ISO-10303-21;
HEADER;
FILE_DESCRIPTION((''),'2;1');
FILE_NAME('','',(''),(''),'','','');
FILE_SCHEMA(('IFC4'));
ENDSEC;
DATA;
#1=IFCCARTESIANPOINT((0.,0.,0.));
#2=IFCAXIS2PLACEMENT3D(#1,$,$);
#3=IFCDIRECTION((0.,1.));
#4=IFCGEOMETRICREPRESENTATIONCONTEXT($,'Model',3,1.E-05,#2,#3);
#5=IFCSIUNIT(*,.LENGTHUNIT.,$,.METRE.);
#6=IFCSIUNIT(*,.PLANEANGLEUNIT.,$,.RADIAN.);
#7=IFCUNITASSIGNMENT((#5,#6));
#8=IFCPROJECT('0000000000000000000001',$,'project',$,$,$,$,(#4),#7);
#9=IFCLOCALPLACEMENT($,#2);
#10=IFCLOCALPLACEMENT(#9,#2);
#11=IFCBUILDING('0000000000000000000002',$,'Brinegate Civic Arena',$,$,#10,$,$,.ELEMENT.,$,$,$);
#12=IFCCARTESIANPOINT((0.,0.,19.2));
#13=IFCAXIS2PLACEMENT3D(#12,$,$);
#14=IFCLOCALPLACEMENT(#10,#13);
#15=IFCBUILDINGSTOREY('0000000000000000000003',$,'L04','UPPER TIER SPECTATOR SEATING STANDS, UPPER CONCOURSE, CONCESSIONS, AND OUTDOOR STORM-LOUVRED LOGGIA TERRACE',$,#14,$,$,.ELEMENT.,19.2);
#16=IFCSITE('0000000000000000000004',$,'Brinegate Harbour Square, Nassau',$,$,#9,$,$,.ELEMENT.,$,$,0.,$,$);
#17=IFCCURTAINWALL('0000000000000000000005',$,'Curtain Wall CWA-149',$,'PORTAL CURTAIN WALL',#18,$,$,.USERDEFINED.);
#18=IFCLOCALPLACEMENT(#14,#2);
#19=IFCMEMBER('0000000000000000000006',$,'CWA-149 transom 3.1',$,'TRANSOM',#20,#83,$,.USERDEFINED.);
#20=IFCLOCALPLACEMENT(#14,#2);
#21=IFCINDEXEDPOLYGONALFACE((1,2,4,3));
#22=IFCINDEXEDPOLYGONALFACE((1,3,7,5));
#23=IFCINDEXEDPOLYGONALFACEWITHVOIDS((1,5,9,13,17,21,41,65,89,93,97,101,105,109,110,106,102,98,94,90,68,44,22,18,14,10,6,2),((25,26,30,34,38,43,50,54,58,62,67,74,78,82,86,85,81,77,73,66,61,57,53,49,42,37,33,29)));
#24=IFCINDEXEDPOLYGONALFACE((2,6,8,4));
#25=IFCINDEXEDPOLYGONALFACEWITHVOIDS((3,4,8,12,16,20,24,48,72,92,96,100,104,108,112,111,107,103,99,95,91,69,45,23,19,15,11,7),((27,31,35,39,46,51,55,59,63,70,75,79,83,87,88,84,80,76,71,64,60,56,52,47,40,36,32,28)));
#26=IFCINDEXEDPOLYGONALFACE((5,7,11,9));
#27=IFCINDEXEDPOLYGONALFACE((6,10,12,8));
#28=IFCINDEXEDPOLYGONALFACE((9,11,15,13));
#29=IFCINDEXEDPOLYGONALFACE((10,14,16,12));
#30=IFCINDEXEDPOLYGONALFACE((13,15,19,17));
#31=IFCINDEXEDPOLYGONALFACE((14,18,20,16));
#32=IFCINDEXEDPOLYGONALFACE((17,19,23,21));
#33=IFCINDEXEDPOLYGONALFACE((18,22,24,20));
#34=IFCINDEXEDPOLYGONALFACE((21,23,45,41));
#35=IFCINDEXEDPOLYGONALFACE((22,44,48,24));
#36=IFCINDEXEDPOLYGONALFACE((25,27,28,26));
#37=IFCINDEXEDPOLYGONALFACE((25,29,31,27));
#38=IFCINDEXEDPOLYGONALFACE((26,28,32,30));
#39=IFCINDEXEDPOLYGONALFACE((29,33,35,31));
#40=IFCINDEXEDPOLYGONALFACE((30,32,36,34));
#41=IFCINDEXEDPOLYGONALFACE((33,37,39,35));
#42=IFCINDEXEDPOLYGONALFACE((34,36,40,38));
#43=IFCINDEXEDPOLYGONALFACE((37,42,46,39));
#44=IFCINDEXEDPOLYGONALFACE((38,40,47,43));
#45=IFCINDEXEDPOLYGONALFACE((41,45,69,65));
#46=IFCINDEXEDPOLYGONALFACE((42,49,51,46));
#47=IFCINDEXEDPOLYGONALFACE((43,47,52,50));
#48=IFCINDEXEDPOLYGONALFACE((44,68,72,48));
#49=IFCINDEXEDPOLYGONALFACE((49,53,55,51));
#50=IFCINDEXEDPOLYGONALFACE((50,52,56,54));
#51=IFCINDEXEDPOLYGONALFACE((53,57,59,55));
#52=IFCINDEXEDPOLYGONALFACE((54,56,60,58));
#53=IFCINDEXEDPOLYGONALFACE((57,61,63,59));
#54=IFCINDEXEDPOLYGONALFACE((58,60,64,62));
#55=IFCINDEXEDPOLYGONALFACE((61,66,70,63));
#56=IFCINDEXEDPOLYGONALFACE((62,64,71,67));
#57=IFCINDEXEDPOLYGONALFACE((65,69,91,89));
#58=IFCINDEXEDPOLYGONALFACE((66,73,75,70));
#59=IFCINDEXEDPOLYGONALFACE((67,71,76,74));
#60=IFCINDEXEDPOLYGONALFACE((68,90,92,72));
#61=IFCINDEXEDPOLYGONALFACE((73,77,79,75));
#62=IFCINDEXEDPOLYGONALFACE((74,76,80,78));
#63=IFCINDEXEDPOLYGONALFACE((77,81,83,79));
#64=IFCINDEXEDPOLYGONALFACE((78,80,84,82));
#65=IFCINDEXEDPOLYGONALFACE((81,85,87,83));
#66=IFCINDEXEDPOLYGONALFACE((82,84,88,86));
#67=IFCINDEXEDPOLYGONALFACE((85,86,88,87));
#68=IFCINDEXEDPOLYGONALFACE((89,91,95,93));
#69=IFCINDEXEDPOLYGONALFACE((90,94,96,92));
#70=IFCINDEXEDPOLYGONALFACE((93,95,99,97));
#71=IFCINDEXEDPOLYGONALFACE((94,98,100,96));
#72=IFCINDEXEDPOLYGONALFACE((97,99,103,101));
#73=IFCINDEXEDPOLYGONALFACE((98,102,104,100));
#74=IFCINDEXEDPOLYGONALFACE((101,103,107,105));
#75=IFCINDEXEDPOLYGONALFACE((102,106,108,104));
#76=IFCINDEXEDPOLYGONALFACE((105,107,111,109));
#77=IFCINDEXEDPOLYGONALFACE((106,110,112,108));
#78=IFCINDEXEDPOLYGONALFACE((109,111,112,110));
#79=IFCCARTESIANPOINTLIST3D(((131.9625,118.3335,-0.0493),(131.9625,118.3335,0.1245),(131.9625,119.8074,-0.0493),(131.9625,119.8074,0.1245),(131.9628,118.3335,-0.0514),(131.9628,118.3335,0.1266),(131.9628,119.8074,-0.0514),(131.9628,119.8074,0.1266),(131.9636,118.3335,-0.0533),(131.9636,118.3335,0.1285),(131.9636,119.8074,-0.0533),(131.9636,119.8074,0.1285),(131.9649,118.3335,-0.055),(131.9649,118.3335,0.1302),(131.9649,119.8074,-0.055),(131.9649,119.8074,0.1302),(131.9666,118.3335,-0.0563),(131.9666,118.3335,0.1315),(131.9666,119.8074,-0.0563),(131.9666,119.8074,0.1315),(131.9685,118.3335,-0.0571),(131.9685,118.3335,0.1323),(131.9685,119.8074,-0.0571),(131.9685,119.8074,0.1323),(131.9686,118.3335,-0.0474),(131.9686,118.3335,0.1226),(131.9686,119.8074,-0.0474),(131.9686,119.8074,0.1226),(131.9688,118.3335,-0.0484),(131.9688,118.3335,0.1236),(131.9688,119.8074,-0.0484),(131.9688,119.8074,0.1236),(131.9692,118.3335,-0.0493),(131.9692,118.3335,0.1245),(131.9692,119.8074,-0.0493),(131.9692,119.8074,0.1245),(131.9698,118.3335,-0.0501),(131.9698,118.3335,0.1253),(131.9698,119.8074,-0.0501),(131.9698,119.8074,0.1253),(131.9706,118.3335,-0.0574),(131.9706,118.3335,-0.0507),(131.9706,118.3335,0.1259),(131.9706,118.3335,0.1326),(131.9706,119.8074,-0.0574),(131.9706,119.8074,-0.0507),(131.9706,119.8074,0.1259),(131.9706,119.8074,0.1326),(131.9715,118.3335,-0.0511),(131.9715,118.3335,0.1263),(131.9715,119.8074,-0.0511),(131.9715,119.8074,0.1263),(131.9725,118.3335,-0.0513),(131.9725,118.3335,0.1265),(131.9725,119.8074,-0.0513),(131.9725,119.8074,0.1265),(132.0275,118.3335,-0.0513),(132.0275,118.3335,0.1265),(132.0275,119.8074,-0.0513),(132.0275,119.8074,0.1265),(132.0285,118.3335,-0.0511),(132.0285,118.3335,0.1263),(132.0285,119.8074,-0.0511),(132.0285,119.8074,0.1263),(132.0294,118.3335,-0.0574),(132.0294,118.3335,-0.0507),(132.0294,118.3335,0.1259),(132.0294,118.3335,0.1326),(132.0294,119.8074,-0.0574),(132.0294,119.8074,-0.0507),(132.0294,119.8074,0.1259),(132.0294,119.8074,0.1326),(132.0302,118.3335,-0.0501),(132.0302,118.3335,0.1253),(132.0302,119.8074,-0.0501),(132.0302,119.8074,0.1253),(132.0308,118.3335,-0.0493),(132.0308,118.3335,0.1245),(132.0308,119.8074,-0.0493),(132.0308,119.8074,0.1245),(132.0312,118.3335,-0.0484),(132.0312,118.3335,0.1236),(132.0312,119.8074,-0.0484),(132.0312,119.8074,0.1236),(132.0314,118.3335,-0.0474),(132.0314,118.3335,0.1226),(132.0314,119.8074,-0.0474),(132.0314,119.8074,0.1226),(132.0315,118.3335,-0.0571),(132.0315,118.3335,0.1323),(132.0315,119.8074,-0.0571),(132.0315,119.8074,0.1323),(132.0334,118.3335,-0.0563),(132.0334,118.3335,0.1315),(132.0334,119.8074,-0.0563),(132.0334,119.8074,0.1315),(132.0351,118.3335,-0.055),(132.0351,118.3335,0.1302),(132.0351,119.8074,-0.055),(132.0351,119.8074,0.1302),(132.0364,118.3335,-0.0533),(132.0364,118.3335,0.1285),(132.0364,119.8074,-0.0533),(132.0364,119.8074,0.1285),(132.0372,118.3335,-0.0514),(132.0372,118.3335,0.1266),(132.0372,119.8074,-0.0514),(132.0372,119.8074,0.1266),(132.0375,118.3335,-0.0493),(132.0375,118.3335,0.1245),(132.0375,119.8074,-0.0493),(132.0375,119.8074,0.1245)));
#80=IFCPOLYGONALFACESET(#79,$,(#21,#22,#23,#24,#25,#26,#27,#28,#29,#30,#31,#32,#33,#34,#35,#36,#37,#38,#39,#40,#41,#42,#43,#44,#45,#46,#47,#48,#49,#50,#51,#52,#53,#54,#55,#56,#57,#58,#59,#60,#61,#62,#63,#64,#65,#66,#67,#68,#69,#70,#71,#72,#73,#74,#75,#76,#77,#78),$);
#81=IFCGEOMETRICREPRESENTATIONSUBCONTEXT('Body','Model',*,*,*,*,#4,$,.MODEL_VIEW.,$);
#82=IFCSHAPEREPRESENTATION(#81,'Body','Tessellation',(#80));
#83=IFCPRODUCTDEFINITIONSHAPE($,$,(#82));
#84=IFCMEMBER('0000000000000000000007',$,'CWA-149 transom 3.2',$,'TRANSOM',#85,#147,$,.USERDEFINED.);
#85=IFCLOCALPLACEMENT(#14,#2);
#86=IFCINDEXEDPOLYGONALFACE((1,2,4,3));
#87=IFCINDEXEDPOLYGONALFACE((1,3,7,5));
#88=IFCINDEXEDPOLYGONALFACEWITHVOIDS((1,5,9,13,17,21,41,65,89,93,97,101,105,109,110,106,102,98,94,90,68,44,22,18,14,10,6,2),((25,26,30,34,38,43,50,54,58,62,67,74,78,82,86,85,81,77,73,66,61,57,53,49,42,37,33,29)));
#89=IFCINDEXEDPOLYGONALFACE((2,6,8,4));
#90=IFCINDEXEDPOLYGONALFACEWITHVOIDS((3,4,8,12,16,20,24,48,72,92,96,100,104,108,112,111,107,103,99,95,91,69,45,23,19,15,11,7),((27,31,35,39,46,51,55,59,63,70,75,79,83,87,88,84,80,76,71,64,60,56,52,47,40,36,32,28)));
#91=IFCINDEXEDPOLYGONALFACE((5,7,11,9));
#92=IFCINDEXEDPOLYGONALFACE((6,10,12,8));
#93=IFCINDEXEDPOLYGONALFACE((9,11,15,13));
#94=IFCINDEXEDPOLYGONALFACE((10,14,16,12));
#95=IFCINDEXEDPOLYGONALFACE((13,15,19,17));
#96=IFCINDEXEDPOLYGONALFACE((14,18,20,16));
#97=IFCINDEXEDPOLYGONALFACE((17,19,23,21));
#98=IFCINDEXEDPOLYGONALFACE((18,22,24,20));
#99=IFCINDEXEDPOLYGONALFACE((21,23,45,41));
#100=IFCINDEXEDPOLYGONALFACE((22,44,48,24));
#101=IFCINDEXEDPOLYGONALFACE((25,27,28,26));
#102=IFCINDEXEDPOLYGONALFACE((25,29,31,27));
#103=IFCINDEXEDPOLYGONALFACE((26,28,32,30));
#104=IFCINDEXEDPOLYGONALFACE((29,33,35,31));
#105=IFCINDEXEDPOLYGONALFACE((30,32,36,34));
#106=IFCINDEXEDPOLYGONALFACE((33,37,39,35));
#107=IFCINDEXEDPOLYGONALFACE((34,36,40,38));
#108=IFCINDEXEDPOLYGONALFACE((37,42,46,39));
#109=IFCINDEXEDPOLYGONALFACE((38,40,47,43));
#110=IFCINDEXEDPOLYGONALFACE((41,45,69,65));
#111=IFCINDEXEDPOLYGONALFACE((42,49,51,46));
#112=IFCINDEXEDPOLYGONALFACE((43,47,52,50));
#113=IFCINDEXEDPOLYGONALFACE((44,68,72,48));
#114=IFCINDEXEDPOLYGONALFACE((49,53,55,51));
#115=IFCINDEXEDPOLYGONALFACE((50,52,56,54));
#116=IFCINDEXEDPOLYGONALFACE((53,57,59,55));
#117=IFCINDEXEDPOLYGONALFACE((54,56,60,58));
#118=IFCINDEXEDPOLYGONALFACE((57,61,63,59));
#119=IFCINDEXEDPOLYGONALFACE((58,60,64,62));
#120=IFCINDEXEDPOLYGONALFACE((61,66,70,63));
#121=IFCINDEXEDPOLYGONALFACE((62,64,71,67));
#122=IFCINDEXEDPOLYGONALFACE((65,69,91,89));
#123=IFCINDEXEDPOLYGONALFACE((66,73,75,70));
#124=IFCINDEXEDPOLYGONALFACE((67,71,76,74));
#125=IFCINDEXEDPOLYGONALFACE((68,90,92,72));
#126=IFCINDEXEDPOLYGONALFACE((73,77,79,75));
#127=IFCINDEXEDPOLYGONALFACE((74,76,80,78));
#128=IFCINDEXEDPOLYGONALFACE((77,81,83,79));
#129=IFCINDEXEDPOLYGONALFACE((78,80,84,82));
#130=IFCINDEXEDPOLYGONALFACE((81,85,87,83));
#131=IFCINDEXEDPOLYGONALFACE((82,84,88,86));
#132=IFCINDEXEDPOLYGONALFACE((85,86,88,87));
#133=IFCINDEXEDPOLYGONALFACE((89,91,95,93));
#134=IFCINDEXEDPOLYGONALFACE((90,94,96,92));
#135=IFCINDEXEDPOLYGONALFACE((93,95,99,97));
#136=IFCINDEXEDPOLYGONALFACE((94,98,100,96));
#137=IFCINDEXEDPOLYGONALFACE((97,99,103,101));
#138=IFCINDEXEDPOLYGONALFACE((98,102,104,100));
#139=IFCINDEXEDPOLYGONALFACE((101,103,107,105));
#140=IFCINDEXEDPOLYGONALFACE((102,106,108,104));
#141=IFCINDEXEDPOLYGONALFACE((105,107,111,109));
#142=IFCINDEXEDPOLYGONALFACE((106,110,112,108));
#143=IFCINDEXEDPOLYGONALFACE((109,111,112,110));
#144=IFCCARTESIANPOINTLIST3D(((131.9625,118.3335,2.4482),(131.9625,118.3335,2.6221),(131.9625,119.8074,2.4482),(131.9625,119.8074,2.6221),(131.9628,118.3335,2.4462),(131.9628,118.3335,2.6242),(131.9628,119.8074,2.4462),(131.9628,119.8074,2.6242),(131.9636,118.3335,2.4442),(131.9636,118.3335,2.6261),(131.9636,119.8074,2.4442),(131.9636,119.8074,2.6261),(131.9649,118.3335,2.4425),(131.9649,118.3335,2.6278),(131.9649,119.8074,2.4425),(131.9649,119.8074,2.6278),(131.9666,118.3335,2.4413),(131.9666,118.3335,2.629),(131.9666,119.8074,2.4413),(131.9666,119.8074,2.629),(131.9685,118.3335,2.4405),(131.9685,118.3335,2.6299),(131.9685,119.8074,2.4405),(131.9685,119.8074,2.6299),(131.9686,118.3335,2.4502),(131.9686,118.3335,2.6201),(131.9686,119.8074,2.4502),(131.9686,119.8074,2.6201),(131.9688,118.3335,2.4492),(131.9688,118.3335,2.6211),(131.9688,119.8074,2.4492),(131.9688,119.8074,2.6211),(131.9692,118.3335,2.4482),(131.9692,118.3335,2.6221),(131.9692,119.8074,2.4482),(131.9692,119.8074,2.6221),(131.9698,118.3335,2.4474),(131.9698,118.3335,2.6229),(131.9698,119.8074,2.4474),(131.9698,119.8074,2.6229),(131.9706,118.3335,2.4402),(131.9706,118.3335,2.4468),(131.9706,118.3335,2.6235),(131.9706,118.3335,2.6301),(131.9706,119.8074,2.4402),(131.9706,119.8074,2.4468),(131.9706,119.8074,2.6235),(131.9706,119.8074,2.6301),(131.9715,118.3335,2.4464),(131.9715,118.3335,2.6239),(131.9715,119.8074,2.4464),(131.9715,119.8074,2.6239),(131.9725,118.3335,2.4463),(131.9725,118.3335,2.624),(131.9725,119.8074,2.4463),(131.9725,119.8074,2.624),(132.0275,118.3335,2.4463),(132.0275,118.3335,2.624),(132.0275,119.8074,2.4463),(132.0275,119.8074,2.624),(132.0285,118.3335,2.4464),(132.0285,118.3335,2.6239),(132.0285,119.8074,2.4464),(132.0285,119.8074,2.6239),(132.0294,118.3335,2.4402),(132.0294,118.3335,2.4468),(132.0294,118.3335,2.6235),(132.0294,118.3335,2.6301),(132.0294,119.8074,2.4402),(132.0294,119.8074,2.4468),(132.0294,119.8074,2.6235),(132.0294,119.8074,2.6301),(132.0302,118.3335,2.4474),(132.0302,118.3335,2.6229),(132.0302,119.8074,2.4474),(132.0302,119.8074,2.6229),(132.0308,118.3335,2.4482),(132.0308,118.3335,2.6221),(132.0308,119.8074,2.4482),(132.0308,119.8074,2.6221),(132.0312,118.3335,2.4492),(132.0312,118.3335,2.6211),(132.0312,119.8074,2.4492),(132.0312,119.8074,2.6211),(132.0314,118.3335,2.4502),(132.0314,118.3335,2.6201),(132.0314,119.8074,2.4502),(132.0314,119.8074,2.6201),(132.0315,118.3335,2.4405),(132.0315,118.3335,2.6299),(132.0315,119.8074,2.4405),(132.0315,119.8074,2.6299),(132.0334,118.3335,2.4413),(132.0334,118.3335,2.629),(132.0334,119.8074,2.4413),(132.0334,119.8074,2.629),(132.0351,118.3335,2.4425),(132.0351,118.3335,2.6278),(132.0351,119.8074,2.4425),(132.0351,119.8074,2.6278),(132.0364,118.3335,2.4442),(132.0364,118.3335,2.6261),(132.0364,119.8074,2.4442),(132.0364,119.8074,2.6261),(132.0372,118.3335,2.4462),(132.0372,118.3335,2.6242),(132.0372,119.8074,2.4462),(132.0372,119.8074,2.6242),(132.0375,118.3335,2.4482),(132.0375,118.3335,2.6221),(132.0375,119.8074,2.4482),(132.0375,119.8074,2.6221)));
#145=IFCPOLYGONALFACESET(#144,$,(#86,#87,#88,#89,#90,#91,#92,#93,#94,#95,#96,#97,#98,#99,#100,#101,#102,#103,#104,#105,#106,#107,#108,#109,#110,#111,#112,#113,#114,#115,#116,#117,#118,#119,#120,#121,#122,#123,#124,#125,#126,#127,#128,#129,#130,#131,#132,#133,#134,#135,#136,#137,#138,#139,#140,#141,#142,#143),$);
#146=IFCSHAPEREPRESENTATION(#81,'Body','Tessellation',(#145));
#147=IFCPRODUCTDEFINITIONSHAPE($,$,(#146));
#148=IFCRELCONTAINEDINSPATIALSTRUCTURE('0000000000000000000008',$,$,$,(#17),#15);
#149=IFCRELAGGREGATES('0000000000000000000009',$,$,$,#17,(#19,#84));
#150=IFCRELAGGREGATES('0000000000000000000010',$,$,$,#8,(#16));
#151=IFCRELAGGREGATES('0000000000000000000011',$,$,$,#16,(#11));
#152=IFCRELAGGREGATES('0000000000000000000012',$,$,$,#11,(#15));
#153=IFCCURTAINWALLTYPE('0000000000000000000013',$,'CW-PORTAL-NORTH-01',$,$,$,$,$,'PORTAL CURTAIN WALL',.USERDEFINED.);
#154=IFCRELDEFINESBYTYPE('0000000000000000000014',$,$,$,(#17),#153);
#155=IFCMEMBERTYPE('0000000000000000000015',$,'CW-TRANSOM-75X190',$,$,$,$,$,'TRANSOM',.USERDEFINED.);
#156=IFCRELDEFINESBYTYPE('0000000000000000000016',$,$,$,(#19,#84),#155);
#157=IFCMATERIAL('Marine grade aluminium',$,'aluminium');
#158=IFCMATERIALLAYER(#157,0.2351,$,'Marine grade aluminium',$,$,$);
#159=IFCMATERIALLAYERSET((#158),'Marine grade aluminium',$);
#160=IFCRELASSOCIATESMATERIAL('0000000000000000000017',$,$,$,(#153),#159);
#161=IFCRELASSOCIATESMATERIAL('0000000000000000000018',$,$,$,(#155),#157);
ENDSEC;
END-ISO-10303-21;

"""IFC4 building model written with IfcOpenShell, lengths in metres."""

from ifc_helpers import new_model, si_unit, direction, frame, origin, origin_2d, place, context, subcontext, project, spatial, hollow_rectangle, extrude, material, layer, layer_set, material_profile, profile_set, type_object, element, aggregate, save


model = new_model("IFC4")

# Units and contexts
model_context = context("Model", 3, precision=1e-05, world=origin(), true_north=direction((0.0, 1.0)))
body_context = subcontext(model_context, "Body", "Model", "MODEL_VIEW")
ifc_project = project(units=[si_unit("LENGTHUNIT", "METRE"), si_unit("PLANEANGLEUNIT", "RADIAN")], contexts=[model_context])

# Site, building, storey
site_placement = place(None, origin())
site = spatial("IfcSite", under=ifc_project, at=site_placement, Name="Brinegate Harbour Square, Nassau", CompositionType="ELEMENT", RefElevation=0.0)
building_placement = place(site_placement, origin())
building = spatial("IfcBuilding", under=site, at=building_placement, Name="Brinegate Civic Arena", CompositionType="ELEMENT")
storey_placement = place(building_placement, frame((0.0, 0.0, 19.2)))
storey = spatial("IfcBuildingStorey", under=building, at=storey_placement, Name="L04", Description="UPPER TIER SPECTATOR SEATING STANDS, UPPER CONCOURSE, CONCESSIONS, AND OUTDOOR STORM-LOUVRED LOGGIA TERRACE", CompositionType="ELEMENT", Elevation=19.2)

# Curtain wall, members
ifc_material_1 = material(Name="Marine grade aluminium", Category="aluminium")
ifc_layer_1 = layer(ifc_material_1, 0.2351, Name="Marine grade aluminium")
ifc_layer_set_1 = layer_set([ifc_layer_1], Name="Marine grade aluminium")
curtain_wall_type = type_object("IfcCurtainWallType", Name="CW-PORTAL-NORTH-01", ElementType="PORTAL CURTAIN WALL", PredefinedType="USERDEFINED", material=ifc_layer_set_1)
curtain_wall_placement = place(storey_placement, origin())
curtain_wall = element("IfcCurtainWall", 1, at=curtain_wall_placement, inside=storey, type_object=curtain_wall_type, Name="Curtain Wall CWA-149", ObjectType="PORTAL CURTAIN WALL", PredefinedType="USERDEFINED")
ifc_material_profile_1 = material_profile(ifc_material_1, hollow_rectangle(XDim=0.075, YDim=0.1899, WallThickness=0.0061, InnerFilletRadius=0.0039, OuterFilletRadius=0.0081, at=origin_2d()), Name="TRN75X190")
ifc_profile_set_1 = profile_set([ifc_material_profile_1], Name="Marine grade aluminium")
member_type_1 = type_object("IfcMemberType", Name="CW-TRANSOM-75X190", ElementType="TRANSOM", PredefinedType="USERDEFINED", material=ifc_profile_set_1)
member_1_placement = place(storey_placement, frame((132.0, 118.3335, 0.0376), z_axis=(0.0, 1.0, 0.0), x_axis=(-1.0, 0.0, 0.0)))
member_1 = element("IfcMember", 2, at=member_1_placement, type_object=member_type_1, Name="CWA-149 transom 3.1", ObjectType="TRANSOM", PredefinedType="USERDEFINED", context=body_context, shape_type="SweptSolid", body=[
    extrude(hollow_rectangle(XDim=0.075, YDim=0.1899, WallThickness=0.0061, InnerFilletRadius=0.0039, OuterFilletRadius=0.0081, at=origin_2d()), origin(), (0.0, 0.0, 1.0), 1.4739),
])
member_2_placement = place(storey_placement, frame((132.0, 118.3335, 2.5352), z_axis=(0.0, 1.0, 0.0), x_axis=(-1.0, 0.0, 0.0)))
member_2 = element("IfcMember", 3, at=member_2_placement, type_object=member_type_1, Name="CWA-149 transom 3.2", ObjectType="TRANSOM", PredefinedType="USERDEFINED", context=body_context, shape_type="SweptSolid", body=[
    extrude(hollow_rectangle(XDim=0.075, YDim=0.1899, WallThickness=0.0061, InnerFilletRadius=0.0039, OuterFilletRadius=0.0081, at=origin_2d()), origin(), (0.0, 0.0, 1.0), 1.4739),
])

aggregate(curtain_wall, [member_1, member_2])

save(model, "model.ifc")
